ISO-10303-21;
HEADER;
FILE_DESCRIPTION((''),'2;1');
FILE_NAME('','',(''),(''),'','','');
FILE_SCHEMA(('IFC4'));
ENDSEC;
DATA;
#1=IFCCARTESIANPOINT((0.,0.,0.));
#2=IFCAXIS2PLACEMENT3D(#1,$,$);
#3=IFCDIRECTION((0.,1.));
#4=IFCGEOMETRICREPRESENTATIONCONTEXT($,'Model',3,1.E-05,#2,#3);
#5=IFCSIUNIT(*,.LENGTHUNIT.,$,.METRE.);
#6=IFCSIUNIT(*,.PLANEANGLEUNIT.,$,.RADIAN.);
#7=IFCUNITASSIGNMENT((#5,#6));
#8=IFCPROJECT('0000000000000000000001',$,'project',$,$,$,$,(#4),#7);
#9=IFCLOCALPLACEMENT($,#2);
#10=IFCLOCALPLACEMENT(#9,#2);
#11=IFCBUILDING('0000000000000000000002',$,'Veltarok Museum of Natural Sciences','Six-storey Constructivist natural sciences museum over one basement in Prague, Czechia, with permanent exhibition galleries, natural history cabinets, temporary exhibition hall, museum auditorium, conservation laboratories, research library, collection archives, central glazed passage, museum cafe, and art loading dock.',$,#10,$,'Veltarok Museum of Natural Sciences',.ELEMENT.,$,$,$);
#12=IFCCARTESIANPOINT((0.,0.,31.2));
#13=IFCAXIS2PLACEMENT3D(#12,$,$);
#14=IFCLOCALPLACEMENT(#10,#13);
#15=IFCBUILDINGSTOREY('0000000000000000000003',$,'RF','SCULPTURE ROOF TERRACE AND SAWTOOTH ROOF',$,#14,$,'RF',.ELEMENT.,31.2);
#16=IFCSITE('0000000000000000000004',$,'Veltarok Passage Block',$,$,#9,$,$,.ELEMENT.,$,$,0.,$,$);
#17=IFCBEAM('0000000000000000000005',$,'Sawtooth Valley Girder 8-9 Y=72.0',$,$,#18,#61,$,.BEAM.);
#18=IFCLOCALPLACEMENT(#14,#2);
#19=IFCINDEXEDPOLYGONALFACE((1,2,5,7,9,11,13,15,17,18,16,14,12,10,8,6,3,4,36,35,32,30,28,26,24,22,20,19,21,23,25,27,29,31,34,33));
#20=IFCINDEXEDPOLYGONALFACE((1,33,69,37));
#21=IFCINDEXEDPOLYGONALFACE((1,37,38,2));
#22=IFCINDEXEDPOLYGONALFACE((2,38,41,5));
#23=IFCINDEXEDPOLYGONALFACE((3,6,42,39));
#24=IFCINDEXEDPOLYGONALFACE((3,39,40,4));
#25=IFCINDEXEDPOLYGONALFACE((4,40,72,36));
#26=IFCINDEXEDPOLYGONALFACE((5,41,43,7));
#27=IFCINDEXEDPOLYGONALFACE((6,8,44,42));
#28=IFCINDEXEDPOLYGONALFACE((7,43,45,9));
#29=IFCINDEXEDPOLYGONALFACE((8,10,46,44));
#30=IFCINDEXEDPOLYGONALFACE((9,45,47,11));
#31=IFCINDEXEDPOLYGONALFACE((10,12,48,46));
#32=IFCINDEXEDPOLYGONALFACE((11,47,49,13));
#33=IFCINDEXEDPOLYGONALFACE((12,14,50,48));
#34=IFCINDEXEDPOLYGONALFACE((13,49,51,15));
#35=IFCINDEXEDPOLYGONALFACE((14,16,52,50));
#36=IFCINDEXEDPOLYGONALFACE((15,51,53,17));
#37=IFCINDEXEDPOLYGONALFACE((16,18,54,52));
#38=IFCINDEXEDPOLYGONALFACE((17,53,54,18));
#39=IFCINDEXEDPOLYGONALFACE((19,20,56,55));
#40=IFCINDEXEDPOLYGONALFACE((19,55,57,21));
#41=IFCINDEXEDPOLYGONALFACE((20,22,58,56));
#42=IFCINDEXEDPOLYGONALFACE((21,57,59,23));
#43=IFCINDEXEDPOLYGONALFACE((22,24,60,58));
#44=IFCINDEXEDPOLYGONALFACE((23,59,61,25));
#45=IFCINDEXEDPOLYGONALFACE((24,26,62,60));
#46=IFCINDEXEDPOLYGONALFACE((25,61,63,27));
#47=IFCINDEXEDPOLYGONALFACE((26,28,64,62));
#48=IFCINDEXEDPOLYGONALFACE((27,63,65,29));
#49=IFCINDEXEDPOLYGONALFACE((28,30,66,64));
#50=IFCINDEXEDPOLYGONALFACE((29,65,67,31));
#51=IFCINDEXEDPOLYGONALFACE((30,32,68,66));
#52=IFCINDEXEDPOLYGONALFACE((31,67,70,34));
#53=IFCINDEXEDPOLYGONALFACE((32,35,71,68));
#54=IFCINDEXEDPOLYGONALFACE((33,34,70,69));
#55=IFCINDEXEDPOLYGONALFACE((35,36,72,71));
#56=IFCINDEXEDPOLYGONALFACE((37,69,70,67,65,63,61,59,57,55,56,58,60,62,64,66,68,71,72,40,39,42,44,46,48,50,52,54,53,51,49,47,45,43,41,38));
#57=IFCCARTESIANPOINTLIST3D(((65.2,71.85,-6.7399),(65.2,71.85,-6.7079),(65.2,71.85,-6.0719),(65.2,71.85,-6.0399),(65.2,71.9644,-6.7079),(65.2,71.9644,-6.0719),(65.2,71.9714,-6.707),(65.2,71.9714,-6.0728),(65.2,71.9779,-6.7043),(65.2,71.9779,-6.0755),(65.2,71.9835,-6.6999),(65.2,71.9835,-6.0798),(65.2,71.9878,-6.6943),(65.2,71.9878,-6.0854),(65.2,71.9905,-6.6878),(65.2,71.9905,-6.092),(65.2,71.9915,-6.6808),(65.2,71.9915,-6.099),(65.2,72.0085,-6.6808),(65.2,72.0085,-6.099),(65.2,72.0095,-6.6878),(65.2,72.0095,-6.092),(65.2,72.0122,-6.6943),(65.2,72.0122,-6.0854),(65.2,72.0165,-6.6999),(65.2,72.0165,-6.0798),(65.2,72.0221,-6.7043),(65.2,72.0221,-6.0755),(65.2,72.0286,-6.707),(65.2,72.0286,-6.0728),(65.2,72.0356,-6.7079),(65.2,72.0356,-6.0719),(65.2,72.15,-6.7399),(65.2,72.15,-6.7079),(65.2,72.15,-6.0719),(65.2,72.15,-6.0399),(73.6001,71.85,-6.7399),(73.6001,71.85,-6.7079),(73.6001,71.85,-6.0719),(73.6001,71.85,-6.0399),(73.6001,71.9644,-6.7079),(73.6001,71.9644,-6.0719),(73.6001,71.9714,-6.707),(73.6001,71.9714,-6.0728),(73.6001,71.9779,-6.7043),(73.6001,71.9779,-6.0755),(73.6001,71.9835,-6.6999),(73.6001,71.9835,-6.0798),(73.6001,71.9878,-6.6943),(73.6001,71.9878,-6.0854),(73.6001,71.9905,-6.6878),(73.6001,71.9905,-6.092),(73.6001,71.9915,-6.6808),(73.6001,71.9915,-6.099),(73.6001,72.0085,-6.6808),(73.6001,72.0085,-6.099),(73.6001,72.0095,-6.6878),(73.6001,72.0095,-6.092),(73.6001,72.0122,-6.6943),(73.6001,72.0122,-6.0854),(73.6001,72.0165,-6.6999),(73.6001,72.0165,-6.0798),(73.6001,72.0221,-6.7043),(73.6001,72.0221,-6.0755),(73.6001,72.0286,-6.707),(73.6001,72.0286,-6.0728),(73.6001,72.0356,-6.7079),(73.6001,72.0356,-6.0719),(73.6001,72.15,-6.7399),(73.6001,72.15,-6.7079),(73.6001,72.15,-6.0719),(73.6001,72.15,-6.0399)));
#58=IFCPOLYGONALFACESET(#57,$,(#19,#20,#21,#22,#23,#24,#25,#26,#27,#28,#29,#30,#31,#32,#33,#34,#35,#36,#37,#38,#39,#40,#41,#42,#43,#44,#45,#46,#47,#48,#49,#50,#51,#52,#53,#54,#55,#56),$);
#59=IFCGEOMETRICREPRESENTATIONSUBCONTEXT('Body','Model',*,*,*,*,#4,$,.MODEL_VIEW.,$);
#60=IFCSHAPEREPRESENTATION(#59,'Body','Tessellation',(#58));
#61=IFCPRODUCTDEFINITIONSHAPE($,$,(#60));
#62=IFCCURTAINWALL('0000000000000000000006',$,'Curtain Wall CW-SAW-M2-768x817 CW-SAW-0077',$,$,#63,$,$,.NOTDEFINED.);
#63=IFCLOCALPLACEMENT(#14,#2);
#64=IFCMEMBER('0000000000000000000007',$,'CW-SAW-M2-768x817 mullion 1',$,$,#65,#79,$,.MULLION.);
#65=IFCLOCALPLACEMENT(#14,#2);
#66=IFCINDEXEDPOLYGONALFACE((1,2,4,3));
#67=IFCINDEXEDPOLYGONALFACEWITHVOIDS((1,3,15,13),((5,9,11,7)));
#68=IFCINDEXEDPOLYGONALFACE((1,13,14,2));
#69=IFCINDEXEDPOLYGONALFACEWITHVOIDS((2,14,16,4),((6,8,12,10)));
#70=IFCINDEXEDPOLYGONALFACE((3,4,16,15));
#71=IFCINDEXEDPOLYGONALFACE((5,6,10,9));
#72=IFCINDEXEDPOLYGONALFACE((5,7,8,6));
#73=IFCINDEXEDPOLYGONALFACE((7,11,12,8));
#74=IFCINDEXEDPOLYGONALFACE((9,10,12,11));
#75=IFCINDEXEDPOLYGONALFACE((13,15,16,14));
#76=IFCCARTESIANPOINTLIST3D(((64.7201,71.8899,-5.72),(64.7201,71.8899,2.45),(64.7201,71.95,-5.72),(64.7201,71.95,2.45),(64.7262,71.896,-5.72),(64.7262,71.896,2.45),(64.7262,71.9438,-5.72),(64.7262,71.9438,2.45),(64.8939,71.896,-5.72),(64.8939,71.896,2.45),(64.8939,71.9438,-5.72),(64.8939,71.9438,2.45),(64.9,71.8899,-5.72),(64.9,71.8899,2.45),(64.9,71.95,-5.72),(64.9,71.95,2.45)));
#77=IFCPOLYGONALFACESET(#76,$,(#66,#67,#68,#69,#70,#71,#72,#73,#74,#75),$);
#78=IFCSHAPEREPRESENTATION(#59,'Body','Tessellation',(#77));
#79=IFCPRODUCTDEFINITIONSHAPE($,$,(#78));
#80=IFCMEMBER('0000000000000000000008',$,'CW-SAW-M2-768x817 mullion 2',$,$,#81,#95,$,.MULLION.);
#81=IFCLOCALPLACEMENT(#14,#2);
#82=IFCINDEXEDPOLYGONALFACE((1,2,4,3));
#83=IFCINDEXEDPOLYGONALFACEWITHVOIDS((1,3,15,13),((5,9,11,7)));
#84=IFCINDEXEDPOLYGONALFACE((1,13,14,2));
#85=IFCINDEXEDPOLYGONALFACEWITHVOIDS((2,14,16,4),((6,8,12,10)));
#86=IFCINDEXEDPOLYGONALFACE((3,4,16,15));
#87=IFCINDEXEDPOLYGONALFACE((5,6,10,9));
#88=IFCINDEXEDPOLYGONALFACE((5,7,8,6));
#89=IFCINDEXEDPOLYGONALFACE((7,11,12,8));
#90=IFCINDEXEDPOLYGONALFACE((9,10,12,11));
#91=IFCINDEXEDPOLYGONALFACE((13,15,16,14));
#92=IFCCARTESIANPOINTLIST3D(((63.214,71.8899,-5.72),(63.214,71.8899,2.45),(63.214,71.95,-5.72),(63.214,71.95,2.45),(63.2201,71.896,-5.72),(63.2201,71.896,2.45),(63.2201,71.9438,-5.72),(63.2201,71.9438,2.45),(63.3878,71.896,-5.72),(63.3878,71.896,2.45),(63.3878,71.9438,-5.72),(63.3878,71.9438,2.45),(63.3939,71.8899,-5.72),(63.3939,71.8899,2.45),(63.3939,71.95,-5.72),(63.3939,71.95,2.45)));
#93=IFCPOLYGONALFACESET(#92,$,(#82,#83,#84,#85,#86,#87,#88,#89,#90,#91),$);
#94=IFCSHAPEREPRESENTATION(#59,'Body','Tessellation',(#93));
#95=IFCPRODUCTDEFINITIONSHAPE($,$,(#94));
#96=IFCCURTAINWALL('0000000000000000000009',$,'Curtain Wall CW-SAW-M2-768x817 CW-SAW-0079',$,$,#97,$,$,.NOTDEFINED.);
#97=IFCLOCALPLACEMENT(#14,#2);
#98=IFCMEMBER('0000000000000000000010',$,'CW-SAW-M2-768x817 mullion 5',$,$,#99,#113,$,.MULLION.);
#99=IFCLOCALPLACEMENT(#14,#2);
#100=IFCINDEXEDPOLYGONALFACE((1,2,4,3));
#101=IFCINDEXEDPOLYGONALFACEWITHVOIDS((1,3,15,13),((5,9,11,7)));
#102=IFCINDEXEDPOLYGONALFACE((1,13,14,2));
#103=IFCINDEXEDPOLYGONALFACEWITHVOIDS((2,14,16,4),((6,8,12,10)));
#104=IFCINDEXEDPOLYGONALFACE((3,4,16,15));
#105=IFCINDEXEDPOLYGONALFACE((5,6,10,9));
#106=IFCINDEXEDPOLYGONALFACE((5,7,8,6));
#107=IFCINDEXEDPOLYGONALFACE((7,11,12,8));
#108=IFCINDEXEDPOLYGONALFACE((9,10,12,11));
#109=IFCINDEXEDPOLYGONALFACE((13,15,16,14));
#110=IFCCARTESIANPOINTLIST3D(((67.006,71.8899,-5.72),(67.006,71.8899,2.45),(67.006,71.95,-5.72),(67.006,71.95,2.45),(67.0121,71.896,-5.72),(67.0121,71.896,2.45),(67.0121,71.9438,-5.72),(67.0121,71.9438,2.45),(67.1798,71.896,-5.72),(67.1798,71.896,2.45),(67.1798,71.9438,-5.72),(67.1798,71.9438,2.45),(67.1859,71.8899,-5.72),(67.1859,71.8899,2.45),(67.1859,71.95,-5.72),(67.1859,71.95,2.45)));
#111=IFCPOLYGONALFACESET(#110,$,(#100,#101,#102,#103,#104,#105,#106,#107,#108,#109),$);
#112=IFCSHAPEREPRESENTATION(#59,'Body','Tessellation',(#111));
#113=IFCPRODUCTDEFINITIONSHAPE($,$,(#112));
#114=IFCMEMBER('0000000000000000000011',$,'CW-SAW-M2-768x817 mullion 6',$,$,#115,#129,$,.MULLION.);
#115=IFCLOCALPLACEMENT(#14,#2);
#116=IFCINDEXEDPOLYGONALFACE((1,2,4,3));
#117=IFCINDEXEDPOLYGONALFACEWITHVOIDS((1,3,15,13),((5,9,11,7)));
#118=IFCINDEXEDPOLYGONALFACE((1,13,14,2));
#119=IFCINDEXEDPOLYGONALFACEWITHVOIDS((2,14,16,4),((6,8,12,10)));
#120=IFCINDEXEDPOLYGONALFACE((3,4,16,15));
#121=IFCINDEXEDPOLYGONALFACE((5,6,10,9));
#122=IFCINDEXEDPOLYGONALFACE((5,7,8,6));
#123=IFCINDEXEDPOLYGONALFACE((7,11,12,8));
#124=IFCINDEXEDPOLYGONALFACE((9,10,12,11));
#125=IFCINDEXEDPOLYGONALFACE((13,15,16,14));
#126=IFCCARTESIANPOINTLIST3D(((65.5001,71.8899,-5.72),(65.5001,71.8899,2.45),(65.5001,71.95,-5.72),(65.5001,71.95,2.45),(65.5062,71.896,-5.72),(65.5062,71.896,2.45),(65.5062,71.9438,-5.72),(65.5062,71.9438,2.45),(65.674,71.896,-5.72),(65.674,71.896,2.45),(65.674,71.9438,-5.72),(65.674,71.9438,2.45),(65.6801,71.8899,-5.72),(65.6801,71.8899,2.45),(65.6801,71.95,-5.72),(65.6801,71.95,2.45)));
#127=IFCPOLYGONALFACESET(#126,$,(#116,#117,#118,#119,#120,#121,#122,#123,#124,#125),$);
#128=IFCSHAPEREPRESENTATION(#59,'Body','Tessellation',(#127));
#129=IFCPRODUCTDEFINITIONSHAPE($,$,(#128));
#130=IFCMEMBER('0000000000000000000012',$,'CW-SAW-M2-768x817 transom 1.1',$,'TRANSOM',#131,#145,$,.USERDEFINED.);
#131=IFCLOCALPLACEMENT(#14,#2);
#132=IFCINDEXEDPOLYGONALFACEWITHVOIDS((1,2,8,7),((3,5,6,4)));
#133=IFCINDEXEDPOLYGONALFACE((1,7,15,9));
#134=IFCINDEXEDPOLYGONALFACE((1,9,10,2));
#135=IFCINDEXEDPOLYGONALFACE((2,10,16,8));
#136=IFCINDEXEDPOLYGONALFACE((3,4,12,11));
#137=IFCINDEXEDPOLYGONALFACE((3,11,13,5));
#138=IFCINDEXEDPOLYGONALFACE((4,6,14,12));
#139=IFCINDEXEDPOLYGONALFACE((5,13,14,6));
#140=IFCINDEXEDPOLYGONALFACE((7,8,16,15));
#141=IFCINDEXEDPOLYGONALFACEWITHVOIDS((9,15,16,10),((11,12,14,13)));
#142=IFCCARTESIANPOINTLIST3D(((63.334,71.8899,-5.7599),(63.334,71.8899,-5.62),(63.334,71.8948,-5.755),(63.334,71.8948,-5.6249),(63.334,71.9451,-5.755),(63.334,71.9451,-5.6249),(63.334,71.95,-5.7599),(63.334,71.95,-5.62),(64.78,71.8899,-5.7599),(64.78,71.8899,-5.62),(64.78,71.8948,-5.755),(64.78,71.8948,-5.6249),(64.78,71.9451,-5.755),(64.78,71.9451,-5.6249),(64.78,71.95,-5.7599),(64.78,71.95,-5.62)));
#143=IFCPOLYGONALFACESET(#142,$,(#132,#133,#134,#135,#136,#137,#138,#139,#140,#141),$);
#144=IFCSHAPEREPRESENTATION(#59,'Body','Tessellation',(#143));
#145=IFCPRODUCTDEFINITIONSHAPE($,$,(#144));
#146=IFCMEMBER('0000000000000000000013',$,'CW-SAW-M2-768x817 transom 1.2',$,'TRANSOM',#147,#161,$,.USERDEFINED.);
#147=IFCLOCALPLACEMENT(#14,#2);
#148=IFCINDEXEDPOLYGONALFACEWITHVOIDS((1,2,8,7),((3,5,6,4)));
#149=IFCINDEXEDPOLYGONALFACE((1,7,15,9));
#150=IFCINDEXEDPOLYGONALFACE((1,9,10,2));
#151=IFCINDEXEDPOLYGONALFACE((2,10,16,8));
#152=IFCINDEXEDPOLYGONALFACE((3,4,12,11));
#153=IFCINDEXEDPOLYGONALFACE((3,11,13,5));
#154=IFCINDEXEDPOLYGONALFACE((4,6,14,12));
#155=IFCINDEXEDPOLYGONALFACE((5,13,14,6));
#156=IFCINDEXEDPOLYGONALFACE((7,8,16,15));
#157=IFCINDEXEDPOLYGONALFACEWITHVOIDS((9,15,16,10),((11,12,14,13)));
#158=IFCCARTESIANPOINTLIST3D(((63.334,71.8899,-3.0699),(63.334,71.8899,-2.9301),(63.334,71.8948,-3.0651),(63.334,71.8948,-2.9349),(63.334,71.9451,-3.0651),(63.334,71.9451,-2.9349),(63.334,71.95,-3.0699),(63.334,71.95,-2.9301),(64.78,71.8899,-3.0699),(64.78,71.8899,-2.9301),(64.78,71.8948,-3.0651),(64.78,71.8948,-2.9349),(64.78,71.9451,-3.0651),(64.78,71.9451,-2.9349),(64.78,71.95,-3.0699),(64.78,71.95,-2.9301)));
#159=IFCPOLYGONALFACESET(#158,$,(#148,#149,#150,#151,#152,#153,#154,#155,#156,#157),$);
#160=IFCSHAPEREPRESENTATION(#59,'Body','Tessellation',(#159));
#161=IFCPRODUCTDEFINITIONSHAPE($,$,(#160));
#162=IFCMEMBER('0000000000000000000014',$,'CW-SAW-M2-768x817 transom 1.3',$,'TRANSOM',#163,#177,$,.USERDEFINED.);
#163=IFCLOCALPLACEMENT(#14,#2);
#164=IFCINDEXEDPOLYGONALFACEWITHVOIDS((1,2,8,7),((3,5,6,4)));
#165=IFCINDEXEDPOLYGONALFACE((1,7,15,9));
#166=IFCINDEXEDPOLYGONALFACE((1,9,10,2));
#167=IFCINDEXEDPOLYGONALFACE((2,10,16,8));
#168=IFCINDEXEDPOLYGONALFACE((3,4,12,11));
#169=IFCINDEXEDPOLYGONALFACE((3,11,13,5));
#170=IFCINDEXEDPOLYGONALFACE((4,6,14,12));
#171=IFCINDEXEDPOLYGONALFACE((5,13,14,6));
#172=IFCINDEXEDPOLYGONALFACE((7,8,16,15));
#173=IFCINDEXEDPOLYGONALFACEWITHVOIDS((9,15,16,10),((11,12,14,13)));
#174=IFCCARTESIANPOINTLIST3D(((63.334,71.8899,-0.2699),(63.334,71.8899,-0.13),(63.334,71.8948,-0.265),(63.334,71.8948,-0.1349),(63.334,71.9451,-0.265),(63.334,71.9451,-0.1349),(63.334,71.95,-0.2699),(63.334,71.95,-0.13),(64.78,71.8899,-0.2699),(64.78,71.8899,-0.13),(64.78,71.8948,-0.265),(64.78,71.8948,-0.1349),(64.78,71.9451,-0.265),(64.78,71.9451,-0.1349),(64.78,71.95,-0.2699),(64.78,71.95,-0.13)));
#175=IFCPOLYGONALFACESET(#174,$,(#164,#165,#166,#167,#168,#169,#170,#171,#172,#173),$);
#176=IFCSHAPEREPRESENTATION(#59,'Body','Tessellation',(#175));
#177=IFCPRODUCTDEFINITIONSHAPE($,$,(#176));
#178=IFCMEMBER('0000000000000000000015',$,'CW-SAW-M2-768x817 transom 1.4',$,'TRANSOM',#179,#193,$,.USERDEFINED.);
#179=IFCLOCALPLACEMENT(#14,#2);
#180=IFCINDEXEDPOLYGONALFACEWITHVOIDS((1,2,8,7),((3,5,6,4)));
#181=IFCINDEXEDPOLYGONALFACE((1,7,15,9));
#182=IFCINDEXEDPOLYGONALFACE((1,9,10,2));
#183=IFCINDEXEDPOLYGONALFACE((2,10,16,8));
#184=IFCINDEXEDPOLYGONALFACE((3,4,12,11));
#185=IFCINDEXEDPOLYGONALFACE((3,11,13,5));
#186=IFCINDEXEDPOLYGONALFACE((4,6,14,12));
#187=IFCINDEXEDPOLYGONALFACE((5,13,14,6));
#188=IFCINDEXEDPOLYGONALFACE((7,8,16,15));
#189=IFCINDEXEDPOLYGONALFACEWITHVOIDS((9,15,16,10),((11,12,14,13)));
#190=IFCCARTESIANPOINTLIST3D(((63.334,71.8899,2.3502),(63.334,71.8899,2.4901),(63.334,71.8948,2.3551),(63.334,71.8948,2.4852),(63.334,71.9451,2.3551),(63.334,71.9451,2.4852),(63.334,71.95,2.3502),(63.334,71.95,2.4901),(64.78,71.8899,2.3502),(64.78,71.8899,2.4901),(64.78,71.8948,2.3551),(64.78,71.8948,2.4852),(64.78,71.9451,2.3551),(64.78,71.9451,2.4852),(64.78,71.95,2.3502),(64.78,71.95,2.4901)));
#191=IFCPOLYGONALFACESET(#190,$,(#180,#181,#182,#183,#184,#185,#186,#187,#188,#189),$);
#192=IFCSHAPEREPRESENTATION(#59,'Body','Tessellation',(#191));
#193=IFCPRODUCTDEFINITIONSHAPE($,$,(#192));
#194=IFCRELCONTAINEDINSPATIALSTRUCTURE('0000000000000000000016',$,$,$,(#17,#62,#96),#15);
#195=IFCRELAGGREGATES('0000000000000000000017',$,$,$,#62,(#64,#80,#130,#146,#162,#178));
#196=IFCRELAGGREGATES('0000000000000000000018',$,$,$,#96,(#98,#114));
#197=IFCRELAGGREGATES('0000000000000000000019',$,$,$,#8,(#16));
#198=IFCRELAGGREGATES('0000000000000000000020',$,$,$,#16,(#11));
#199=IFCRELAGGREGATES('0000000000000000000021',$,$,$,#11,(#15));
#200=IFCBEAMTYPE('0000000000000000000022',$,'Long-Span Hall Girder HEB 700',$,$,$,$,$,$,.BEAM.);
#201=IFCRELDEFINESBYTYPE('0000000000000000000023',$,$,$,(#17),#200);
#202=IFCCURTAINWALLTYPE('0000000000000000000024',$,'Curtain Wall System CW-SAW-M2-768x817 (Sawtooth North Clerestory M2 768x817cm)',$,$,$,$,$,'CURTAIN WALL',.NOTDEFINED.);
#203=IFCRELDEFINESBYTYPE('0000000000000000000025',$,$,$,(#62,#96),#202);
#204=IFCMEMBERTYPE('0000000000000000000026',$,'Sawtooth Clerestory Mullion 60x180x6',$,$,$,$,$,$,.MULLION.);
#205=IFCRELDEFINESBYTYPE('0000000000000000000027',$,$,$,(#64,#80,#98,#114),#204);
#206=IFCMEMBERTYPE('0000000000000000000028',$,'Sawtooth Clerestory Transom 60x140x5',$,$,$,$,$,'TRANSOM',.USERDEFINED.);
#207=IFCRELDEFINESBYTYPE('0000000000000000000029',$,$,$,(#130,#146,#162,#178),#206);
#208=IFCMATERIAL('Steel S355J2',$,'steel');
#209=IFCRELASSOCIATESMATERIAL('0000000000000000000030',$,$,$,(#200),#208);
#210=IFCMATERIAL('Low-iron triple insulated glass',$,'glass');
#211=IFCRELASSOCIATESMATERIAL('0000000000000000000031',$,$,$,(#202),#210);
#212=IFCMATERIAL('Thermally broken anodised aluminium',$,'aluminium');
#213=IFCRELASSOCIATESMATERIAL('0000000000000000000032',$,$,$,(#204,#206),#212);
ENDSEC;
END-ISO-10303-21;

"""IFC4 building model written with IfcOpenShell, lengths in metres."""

from ifc_helpers import new_model, si_unit, direction, frame, origin, origin_2d, place, context, subcontext, project, spatial, hollow_rectangle, i_section, extrude, material, material_profile, profile_set, type_object, element, aggregate, save


model = new_model("IFC4")

# Units and contexts
model_context = context("Model", 3, precision=1e-05, world=origin(), true_north=direction((0.0, 1.0)))
body_context = subcontext(model_context, "Body", "Model", "MODEL_VIEW")
ifc_project = project(units=[si_unit("LENGTHUNIT", "METRE"), si_unit("PLANEANGLEUNIT", "RADIAN")], contexts=[model_context])

# Site, building, storey
site_placement = place(None, origin())
site = spatial("IfcSite", under=ifc_project, at=site_placement, Name="Veltarok Passage Block", CompositionType="ELEMENT", RefElevation=0.0)
building_placement = place(site_placement, origin())
building = spatial("IfcBuilding", under=site, at=building_placement, Name="Veltarok Museum of Natural Sciences", Description="Six-storey Constructivist natural sciences museum over one basement in Prague, Czechia, with permanent exhibition galleries, natural history cabinets, temporary exhibition hall, museum auditorium, conservation laboratories, research library, collection archives, central glazed passage, museum cafe, and art loading dock.", LongName="Veltarok Museum of Natural Sciences", CompositionType="ELEMENT")
storey_placement = place(building_placement, frame((0.0, 0.0, 31.2)))
storey = spatial("IfcBuildingStorey", under=building, at=storey_placement, Name="RF", Description="SCULPTURE ROOF TERRACE AND SAWTOOTH ROOF", LongName="RF", CompositionType="ELEMENT", Elevation=31.2)

# Beam
ifc_material_1 = material(Name="Steel S355J2", Category="steel")
ifc_material_profile_1 = material_profile(ifc_material_1, i_section(OverallWidth=0.3, OverallDepth=0.7, WebThickness=0.0171, FlangeThickness=0.032, FilletRadius=0.0271, at=origin_2d()), Name="HEB 700")
ifc_profile_set_1 = profile_set([ifc_material_profile_1], Name="Steel S355J2")
beam_type = type_object("IfcBeamType", Name="Long-Span Hall Girder HEB 700", PredefinedType="BEAM", material=ifc_profile_set_1)
beam_placement = place(storey_placement, frame((65.2, 72.0, -6.3899), z_axis=(1.0, 0.0, 0.0), x_axis=(0.0, 1.0, 0.0)))
element("IfcBeam", 1, at=beam_placement, inside=storey, type_object=beam_type, Name="Sawtooth Valley Girder 8-9 Y=72.0", PredefinedType="BEAM", context=body_context, shape_type="SweptSolid", body=[
    extrude(i_section(OverallWidth=0.3, OverallDepth=0.7, WebThickness=0.0171, FlangeThickness=0.032, FilletRadius=0.0271, at=origin_2d()), origin(), (0.0, 0.0, 1.0), 8.4001),
])

# Curtain walls, members
ifc_material_2 = material(Name="Low-iron triple insulated glass", Category="glass")
curtain_wall_type = type_object("IfcCurtainWallType", Name="Curtain Wall System CW-SAW-M2-768x817 (Sawtooth North Clerestory M2 768x817cm)", ElementType="CURTAIN WALL", PredefinedType="NOTDEFINED", material=ifc_material_2)
curtain_wall_1_placement = place(storey_placement, origin())
curtain_wall_1 = element("IfcCurtainWall", 2, at=curtain_wall_1_placement, inside=storey, type_object=curtain_wall_type, Name="Curtain Wall CW-SAW-M2-768x817 CW-SAW-0077", PredefinedType="NOTDEFINED")
ifc_material_3 = material(Name="Thermally broken anodised aluminium", Category="aluminium")
ifc_material_profile_2 = material_profile(ifc_material_3, hollow_rectangle(XDim=0.0601, YDim=0.1799, WallThickness=0.0061, at=origin_2d()), Name="CW MULLION 60x180x6")
ifc_profile_set_2 = profile_set([ifc_material_profile_2], Name="Thermally broken anodised aluminium")
member_type_1 = type_object("IfcMemberType", Name="Sawtooth Clerestory Mullion 60x180x6", PredefinedType="MULLION", material=ifc_profile_set_2)
member_1_placement = place(storey_placement, frame((64.8101, 71.9199, -5.72), z_axis=(0.0, 0.0, 1.0), x_axis=(0.0, -1.0, 0.0)))
member_1 = element("IfcMember", 3, at=member_1_placement, type_object=member_type_1, Name="CW-SAW-M2-768x817 mullion 1", PredefinedType="MULLION", context=body_context, shape_type="SweptSolid", body=[
    extrude(hollow_rectangle(XDim=0.0601, YDim=0.1799, WallThickness=0.0061, at=origin_2d()), origin(), (0.0, 0.0, 1.0), 8.1699),
])
member_2_placement = place(storey_placement, frame((63.304, 71.9199, -5.72), z_axis=(0.0, 0.0, 1.0), x_axis=(0.0, -1.0, 0.0)))
member_2 = element("IfcMember", 4, at=member_2_placement, type_object=member_type_1, Name="CW-SAW-M2-768x817 mullion 2", PredefinedType="MULLION", context=body_context, shape_type="SweptSolid", body=[
    extrude(hollow_rectangle(XDim=0.0601, YDim=0.1799, WallThickness=0.0061, at=origin_2d()), origin(), (0.0, 0.0, 1.0), 8.1699),
])
curtain_wall_2_placement = place(storey_placement, origin())
curtain_wall_2 = element("IfcCurtainWall", 5, at=curtain_wall_2_placement, inside=storey, type_object=curtain_wall_type, Name="Curtain Wall CW-SAW-M2-768x817 CW-SAW-0079", PredefinedType="NOTDEFINED")
member_3_placement = place(storey_placement, frame((67.0959, 71.9199, -5.72), z_axis=(0.0, 0.0, 1.0), x_axis=(0.0, -1.0, 0.0)))
member_3 = element("IfcMember", 6, at=member_3_placement, type_object=member_type_1, Name="CW-SAW-M2-768x817 mullion 5", PredefinedType="MULLION", context=body_context, shape_type="SweptSolid", body=[
    extrude(hollow_rectangle(XDim=0.0601, YDim=0.1799, WallThickness=0.0061, at=origin_2d()), origin(), (0.0, 0.0, 1.0), 8.1699),
])
member_4_placement = place(storey_placement, frame((65.5901, 71.9199, -5.72), z_axis=(0.0, 0.0, 1.0), x_axis=(0.0, -1.0, 0.0)))
member_4 = element("IfcMember", 7, at=member_4_placement, type_object=member_type_1, Name="CW-SAW-M2-768x817 mullion 6", PredefinedType="MULLION", context=body_context, shape_type="SweptSolid", body=[
    extrude(hollow_rectangle(XDim=0.0601, YDim=0.1799, WallThickness=0.0061, at=origin_2d()), origin(), (0.0, 0.0, 1.0), 8.1699),
])

# Members
ifc_material_profile_3 = material_profile(ifc_material_3, hollow_rectangle(XDim=0.0601, YDim=0.1399, WallThickness=0.0049, at=origin_2d()), Name="CW TRANSOM 60x140x5")
ifc_profile_set_3 = profile_set([ifc_material_profile_3], Name="Thermally broken anodised aluminium")
member_type_2 = type_object("IfcMemberType", Name="Sawtooth Clerestory Transom 60x140x5", ElementType="TRANSOM", PredefinedType="USERDEFINED", material=ifc_profile_set_3)
member_5_placement = place(storey_placement, frame((64.78, 71.9199, -5.6899), z_axis=(-1.0, 0.0, 0.0), x_axis=(0.0, -1.0, 0.0)))
member_5 = element("IfcMember", 8, at=member_5_placement, type_object=member_type_2, Name="CW-SAW-M2-768x817 transom 1.1", ObjectType="TRANSOM", PredefinedType="USERDEFINED", context=body_context, shape_type="SweptSolid", body=[
    extrude(hollow_rectangle(XDim=0.0601, YDim=0.1399, WallThickness=0.0049, at=origin_2d()), origin(), (0.0, 0.0, 1.0), 1.446),
])
member_6_placement = place(storey_placement, frame((64.78, 71.9199, -3.0), z_axis=(-1.0, 0.0, 0.0), x_axis=(0.0, -1.0, 0.0)))
member_6 = element("IfcMember", 9, at=member_6_placement, type_object=member_type_2, Name="CW-SAW-M2-768x817 transom 1.2", ObjectType="TRANSOM", PredefinedType="USERDEFINED", context=body_context, shape_type="SweptSolid", body=[
    extrude(hollow_rectangle(XDim=0.0601, YDim=0.1399, WallThickness=0.0049, at=origin_2d()), origin(), (0.0, 0.0, 1.0), 1.446),
])
member_7_placement = place(storey_placement, frame((64.78, 71.9199, -0.2), z_axis=(-1.0, 0.0, 0.0), x_axis=(0.0, -1.0, 0.0)))
member_7 = element("IfcMember", 10, at=member_7_placement, type_object=member_type_2, Name="CW-SAW-M2-768x817 transom 1.3", ObjectType="TRANSOM", PredefinedType="USERDEFINED", context=body_context, shape_type="SweptSolid", body=[
    extrude(hollow_rectangle(XDim=0.0601, YDim=0.1399, WallThickness=0.0049, at=origin_2d()), origin(), (0.0, 0.0, 1.0), 1.446),
])
member_8_placement = place(storey_placement, frame((64.78, 71.9199, 2.4202), z_axis=(-1.0, 0.0, 0.0), x_axis=(0.0, -1.0, 0.0)))
member_8 = element("IfcMember", 11, at=member_8_placement, type_object=member_type_2, Name="CW-SAW-M2-768x817 transom 1.4", ObjectType="TRANSOM", PredefinedType="USERDEFINED", context=body_context, shape_type="SweptSolid", body=[
    extrude(hollow_rectangle(XDim=0.0601, YDim=0.1399, WallThickness=0.0049, at=origin_2d()), origin(), (0.0, 0.0, 1.0), 1.446),
])

aggregate(curtain_wall_1, [member_1, member_2, member_5, member_6, member_7, member_8])
aggregate(curtain_wall_2, [member_3, member_4])

save(model, "model.ifc")
